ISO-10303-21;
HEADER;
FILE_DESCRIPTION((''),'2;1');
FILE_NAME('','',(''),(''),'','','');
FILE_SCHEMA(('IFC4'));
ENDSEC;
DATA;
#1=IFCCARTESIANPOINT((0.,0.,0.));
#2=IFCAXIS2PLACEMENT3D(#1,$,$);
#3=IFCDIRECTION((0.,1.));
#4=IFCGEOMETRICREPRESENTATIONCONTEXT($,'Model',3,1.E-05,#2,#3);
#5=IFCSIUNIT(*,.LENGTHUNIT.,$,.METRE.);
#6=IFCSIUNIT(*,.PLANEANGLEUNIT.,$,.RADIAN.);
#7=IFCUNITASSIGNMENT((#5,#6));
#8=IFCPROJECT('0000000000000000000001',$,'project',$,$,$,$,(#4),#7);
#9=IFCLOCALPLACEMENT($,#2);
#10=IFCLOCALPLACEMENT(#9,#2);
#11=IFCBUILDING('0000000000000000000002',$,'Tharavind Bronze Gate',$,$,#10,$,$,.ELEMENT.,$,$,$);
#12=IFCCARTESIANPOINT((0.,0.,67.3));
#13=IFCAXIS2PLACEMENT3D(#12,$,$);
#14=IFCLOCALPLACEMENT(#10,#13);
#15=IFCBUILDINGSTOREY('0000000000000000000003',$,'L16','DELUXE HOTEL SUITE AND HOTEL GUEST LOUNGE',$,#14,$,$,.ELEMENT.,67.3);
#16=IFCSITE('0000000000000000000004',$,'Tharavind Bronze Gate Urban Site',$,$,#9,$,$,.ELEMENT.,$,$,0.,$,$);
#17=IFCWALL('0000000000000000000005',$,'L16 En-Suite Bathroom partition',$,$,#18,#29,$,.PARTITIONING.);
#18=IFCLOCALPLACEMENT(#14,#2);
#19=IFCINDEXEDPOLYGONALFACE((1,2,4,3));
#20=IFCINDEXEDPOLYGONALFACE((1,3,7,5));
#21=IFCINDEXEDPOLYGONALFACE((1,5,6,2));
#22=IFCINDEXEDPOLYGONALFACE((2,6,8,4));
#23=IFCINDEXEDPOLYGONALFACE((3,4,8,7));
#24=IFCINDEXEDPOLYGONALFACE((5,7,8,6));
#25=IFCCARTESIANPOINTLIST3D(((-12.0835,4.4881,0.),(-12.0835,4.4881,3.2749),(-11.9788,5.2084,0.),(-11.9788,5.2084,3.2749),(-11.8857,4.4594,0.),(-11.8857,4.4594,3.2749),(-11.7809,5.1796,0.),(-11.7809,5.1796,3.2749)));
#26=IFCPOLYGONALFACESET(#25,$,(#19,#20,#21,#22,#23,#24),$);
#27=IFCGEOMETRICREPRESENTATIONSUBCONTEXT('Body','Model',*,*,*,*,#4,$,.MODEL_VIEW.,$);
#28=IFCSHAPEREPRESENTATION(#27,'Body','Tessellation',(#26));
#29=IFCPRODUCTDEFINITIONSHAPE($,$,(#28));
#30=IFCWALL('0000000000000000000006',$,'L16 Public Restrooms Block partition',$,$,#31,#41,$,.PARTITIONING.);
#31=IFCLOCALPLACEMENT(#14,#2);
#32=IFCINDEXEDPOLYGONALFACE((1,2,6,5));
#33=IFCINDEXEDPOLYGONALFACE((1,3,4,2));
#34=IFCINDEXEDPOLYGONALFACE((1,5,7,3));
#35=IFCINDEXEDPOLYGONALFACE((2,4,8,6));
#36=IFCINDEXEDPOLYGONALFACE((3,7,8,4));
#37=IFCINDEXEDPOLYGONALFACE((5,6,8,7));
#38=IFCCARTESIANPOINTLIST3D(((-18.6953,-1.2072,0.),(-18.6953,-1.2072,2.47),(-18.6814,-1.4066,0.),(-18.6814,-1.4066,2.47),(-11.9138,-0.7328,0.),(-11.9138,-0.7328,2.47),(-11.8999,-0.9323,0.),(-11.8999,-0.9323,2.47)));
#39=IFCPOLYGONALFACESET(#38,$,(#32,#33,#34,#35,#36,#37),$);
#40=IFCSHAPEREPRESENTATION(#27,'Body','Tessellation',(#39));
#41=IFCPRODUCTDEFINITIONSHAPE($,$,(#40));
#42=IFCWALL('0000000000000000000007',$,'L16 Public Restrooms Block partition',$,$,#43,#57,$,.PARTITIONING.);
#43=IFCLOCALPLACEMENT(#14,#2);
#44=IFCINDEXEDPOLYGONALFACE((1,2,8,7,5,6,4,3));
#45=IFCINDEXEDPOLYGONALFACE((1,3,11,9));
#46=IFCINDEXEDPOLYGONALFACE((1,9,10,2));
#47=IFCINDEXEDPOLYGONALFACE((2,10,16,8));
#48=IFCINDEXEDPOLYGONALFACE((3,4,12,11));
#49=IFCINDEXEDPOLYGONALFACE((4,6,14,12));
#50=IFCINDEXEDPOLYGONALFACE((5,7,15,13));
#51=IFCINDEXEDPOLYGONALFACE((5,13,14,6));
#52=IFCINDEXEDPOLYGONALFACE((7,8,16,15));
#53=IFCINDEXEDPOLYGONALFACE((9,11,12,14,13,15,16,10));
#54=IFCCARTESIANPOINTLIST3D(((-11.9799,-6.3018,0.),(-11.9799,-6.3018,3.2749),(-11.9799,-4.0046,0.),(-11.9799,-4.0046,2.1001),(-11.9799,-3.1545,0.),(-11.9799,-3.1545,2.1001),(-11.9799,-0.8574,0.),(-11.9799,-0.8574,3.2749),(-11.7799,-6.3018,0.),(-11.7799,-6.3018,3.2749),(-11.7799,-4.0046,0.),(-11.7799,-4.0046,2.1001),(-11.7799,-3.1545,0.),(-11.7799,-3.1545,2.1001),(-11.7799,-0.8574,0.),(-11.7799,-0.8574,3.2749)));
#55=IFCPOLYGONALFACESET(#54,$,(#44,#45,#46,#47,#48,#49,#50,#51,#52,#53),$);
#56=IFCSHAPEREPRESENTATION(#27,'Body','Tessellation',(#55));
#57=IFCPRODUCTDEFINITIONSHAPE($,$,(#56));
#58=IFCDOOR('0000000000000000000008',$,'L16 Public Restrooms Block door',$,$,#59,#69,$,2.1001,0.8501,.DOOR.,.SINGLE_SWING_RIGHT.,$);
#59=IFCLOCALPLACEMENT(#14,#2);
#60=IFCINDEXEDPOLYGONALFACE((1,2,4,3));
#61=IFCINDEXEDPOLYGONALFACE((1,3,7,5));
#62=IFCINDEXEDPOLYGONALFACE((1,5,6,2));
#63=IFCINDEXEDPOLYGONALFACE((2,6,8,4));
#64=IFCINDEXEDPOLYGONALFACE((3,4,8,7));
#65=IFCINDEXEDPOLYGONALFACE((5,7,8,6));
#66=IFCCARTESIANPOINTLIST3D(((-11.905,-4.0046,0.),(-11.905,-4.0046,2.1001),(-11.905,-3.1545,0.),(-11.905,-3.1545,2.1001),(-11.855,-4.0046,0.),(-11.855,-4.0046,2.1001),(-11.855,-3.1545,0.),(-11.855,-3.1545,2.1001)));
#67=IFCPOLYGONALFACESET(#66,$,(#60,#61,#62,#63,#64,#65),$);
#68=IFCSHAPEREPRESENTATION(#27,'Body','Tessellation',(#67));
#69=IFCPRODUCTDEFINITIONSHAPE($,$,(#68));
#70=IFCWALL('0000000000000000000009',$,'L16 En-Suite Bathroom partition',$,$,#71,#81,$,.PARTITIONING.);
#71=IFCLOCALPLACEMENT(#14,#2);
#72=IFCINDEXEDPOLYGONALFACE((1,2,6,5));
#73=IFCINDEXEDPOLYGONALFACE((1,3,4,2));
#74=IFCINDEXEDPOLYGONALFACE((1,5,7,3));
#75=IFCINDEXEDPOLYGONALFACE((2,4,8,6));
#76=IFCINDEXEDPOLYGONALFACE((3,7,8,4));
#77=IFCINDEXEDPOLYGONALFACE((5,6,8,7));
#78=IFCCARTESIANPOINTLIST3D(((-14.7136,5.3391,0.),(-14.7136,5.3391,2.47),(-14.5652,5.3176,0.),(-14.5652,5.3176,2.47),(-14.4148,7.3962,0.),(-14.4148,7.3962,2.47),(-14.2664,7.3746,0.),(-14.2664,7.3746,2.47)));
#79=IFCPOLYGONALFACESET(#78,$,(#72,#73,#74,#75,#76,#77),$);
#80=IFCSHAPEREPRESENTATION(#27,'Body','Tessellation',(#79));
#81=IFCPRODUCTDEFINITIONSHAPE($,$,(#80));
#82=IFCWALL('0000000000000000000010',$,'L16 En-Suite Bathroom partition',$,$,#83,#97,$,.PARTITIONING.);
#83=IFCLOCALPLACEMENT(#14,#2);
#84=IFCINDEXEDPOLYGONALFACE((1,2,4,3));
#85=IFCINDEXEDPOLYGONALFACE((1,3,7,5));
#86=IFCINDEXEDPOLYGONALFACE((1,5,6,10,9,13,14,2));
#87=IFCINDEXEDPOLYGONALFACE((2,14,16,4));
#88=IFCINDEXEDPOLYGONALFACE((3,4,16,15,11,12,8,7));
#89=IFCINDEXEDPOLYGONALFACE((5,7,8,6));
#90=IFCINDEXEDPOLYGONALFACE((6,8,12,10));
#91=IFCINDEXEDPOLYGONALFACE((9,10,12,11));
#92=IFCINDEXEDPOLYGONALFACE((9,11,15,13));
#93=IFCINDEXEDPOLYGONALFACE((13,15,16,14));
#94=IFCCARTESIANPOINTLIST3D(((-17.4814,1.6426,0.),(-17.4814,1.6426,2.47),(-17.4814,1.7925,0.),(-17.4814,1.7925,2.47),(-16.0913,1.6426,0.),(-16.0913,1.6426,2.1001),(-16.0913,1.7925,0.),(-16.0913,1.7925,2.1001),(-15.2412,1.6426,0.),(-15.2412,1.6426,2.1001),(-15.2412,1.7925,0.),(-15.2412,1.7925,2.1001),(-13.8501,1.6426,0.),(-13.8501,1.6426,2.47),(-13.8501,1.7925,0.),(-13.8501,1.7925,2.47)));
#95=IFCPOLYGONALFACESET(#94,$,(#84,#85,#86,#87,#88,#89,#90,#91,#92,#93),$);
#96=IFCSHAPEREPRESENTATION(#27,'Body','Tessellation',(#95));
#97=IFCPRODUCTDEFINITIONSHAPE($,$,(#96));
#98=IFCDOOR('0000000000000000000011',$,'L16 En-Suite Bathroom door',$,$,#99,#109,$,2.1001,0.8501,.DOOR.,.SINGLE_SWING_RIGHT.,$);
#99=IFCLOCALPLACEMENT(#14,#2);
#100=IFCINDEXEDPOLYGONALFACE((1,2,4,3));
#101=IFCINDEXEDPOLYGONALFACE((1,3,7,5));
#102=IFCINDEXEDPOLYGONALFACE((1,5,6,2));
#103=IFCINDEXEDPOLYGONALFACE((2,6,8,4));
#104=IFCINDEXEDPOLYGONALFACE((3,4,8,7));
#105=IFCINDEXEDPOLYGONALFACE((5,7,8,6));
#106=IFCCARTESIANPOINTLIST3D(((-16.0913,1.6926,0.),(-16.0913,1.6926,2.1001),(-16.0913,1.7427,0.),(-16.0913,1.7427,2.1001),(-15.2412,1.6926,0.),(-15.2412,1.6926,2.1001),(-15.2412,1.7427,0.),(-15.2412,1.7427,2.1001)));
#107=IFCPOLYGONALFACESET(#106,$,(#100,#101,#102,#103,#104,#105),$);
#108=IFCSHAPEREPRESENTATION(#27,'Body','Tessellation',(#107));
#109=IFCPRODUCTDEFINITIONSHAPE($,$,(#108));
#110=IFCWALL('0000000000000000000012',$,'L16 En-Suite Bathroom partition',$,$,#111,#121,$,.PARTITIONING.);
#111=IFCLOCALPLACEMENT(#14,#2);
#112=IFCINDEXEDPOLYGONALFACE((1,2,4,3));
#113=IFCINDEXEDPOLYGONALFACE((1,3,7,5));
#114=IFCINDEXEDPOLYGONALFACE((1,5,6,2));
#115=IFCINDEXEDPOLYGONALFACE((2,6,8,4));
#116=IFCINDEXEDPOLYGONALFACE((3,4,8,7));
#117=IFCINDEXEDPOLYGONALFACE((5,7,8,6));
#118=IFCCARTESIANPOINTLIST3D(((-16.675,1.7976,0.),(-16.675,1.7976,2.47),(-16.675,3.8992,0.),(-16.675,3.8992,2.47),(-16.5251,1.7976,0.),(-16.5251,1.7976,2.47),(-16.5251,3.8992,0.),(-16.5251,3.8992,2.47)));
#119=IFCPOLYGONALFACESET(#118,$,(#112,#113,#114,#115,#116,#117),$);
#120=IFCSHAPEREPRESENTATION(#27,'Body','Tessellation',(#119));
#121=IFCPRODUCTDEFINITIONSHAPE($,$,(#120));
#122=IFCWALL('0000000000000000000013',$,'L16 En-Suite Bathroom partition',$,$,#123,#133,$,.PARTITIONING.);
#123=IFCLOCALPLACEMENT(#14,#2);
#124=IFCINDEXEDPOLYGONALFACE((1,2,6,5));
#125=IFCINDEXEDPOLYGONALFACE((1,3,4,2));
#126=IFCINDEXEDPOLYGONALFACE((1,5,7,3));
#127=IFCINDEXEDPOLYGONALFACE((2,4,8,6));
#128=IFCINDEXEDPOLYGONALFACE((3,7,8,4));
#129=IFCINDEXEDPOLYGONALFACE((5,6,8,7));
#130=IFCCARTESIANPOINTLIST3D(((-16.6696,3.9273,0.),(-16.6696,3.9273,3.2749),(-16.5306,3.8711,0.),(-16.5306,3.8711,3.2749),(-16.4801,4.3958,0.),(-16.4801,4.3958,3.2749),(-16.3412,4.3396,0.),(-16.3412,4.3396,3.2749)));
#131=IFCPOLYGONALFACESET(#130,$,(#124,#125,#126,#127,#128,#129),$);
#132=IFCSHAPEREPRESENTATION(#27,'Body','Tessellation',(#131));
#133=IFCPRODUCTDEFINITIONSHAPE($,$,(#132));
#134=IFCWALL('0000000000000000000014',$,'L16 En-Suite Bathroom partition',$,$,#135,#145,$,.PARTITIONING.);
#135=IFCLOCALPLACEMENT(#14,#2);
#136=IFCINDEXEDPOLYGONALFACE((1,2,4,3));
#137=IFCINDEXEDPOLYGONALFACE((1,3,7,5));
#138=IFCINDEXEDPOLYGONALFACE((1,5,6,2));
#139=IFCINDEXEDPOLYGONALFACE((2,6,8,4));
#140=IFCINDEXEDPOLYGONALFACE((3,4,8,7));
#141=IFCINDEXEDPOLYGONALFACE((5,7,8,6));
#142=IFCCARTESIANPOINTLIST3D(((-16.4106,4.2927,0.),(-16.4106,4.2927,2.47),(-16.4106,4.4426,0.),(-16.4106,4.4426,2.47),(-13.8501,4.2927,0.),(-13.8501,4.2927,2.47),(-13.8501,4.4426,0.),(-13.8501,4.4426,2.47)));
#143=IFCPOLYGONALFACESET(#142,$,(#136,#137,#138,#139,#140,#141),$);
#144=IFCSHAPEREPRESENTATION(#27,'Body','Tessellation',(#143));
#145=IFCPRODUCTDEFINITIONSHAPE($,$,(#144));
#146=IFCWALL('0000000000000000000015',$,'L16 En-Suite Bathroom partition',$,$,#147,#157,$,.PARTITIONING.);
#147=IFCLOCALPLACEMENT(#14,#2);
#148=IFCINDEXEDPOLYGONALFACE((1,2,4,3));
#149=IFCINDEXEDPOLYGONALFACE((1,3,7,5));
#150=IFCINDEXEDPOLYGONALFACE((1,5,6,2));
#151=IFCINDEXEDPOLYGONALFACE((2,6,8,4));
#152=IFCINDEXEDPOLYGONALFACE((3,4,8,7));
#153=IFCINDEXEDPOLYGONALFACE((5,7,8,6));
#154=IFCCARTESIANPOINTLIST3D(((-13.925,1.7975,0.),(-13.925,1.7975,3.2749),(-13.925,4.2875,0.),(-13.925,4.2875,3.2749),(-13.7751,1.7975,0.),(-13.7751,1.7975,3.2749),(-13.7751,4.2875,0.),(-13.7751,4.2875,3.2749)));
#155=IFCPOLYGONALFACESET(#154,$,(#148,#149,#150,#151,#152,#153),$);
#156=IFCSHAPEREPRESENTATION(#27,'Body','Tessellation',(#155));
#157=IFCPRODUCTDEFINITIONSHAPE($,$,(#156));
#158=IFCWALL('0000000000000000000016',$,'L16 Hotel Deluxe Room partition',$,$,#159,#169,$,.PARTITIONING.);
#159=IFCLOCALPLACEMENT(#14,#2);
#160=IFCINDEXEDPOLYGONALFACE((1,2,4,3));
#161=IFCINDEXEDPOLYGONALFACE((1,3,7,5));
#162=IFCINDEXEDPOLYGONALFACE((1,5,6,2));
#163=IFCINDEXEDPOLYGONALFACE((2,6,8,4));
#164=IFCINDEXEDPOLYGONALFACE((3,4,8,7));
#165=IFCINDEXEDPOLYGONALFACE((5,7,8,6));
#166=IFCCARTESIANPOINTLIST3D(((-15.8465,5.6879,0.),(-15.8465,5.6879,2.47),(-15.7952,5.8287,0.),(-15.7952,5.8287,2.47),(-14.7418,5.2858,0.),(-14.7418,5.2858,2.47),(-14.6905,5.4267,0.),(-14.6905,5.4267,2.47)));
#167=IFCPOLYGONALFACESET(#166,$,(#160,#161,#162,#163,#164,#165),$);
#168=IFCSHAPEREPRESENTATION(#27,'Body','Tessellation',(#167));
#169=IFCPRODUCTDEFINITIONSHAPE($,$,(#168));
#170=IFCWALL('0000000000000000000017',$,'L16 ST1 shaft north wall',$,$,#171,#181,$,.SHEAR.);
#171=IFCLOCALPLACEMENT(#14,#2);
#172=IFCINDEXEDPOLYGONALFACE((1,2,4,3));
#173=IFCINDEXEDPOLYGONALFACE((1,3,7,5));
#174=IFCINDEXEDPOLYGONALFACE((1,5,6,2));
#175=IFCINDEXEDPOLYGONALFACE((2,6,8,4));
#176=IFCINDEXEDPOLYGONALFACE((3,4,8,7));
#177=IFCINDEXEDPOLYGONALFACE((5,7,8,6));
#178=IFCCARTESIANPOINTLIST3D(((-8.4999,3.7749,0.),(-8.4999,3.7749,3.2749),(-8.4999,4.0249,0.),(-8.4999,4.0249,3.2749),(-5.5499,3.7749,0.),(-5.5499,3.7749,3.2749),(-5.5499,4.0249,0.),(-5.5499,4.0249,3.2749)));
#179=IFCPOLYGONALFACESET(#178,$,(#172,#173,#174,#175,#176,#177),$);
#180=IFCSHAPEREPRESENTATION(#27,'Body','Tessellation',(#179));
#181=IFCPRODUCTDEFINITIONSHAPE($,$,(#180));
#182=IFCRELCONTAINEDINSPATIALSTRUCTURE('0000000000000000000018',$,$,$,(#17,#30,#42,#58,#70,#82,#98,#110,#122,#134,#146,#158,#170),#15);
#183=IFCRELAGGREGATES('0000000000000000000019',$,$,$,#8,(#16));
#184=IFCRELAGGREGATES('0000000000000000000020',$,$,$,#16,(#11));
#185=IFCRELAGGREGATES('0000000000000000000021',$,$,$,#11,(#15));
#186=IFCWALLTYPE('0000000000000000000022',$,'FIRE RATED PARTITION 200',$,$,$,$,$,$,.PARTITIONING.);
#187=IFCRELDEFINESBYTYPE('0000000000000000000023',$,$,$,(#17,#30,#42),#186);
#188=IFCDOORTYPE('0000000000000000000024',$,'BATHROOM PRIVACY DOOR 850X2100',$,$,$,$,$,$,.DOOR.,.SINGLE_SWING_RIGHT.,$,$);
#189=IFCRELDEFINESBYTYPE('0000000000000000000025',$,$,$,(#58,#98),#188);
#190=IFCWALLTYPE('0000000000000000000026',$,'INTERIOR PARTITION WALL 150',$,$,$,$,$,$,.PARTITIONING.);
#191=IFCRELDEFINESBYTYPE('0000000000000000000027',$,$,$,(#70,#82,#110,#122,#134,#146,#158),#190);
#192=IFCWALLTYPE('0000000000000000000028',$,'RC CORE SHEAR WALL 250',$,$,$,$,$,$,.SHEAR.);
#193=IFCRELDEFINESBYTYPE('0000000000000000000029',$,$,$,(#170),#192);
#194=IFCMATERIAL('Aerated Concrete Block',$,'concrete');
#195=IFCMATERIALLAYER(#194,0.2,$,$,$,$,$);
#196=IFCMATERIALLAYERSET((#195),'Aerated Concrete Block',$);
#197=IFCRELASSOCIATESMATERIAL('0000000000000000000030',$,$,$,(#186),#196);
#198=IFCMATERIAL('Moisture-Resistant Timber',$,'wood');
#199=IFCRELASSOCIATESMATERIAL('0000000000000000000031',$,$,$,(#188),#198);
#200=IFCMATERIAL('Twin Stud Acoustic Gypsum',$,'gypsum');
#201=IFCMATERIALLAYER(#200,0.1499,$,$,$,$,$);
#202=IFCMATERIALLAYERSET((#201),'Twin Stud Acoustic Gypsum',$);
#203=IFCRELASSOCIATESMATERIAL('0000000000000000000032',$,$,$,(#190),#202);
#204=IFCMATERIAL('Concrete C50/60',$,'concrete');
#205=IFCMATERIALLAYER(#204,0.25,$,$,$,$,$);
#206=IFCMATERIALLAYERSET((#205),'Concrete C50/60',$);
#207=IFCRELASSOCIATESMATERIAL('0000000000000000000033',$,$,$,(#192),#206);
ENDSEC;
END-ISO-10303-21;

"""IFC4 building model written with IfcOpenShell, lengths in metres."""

from ifc_helpers import new_model, si_unit, direction, frame, frame_2d, origin, place, context, subcontext, project, spatial, rectangle, extrude, material, layer, layer_set, type_object, element, fill, save


model = new_model("IFC4")

# Units and contexts
model_context = context("Model", 3, precision=1e-05, world=origin(), true_north=direction((0.0, 1.0)))
body_context = subcontext(model_context, "Body", "Model", "MODEL_VIEW")
ifc_project = project(units=[si_unit("LENGTHUNIT", "METRE"), si_unit("PLANEANGLEUNIT", "RADIAN")], contexts=[model_context])

# Site, building, storey
site_placement = place(None, origin())
site = spatial("IfcSite", under=ifc_project, at=site_placement, Name="Tharavind Bronze Gate Urban Site", CompositionType="ELEMENT", RefElevation=0.0)
building_placement = place(site_placement, origin())
building = spatial("IfcBuilding", under=site, at=building_placement, Name="Tharavind Bronze Gate", CompositionType="ELEMENT")
storey_placement = place(building_placement, frame((0.0, 0.0, 67.3)))
storey = spatial("IfcBuildingStorey", under=building, at=storey_placement, Name="L16", Description="DELUXE HOTEL SUITE AND HOTEL GUEST LOUNGE", CompositionType="ELEMENT", Elevation=67.3)

# Shared definitions
ifc_material_1 = material(Name="Aerated Concrete Block", Category="concrete")
ifc_layer_1 = layer(ifc_material_1, 0.2)
ifc_layer_set_1 = layer_set([ifc_layer_1], Name="Aerated Concrete Block")
wall_type_1 = type_object("IfcWallType", Name="FIRE RATED PARTITION 200", PredefinedType="PARTITIONING", material=ifc_layer_set_1)

# Shared definitions
ifc_material_2 = material(Name="Moisture-Resistant Timber", Category="wood")
door_type_1 = type_object("IfcDoorType", Name="BATHROOM PRIVACY DOOR 850X2100", OperationType="SINGLE_SWING_RIGHT", PredefinedType="DOOR", material=ifc_material_2)

# Walls
wall_1_placement = place(storey_placement, frame((-11.8799, 5.1938, 0.0), z_axis=(0.0, 0.0, 1.0), x_axis=(-0.14391, -0.989591, 0.0)))
element("IfcWall", 1, at=wall_1_placement, inside=storey, type_object=wall_type_1, Name="L16 En-Suite Bathroom partition", PredefinedType="PARTITIONING", context=body_context, shape_type="SweptSolid", body=[
    extrude(rectangle(XDim=0.7278, YDim=0.2, at=frame_2d((0.3638, 0.0))), origin(), (0.0, 0.0, 1.0), 3.2749),
])
wall_2_placement = place(storey_placement, frame((-18.6882, -1.3069, 0.0), z_axis=(0.0, 0.0, 1.0), x_axis=(0.997562, 0.069779, 0.0)))
element("IfcWall", 2, at=wall_2_placement, inside=storey, type_object=wall_type_1, Name="L16 Public Restrooms Block partition", PredefinedType="PARTITIONING", context=body_context, shape_type="SweptSolid", body=[
    extrude(rectangle(XDim=6.7981, YDim=0.2, at=frame_2d((3.3989, 0.0))), origin(), (0.0, 0.0, 1.0), 2.47),
])

# Wall, opening, door
wall_3_placement = place(storey_placement, frame((-11.8799, -0.8574, 0.0), z_axis=(0.0, 0.0, 1.0), x_axis=(0.0, -1.0, 0.0)))
wall_3 = element("IfcWall", 3, at=wall_3_placement, inside=storey, type_object=wall_type_1, Name="L16 Public Restrooms Block partition", PredefinedType="PARTITIONING", context=body_context, shape_type="SweptSolid", body=[
    extrude(rectangle(XDim=5.4443, YDim=0.2, at=frame_2d((2.7222, 0.0))), origin(), (0.0, 0.0, 1.0), 3.2749),
])
opening_1_placement = place(wall_3_placement, frame((2.2971, 0.0, 0.0)))
opening_1 = element("IfcOpeningElement", 4, at=opening_1_placement, cuts=wall_3, PredefinedType="OPENING", context=body_context, shape_type="SweptSolid", body=[
    extrude(rectangle(XDim=0.8501, YDim=2.1001, at=frame_2d((0.425, 1.05))), frame((0.0, 0.1101, 0.0), z_axis=(0.0, -1.0, 0.0), x_axis=(1.0, 0.0, 0.0)), (0.0, 0.0, 1.0), 0.22),
])
door_1_placement = place(opening_1_placement, origin())
door_1 = element("IfcDoor", 5, at=door_1_placement, inside=storey, type_object=door_type_1, Name="L16 Public Restrooms Block door", OperationType="SINGLE_SWING_RIGHT", OverallHeight=2.1001, OverallWidth=0.8501, PredefinedType="DOOR", context=body_context, shape_type="SweptSolid", body=[
    extrude(rectangle(XDim=0.8501, YDim=2.1001, at=frame_2d((0.425, 1.05))), frame((0.0, 0.0249, 0.0), z_axis=(0.0, -1.0, 0.0), x_axis=(1.0, 0.0, 0.0)), (0.0, 0.0, 1.0), 0.05),
])
fill(opening_1, door_1)

# Wall
ifc_material_3 = material(Name="Twin Stud Acoustic Gypsum", Category="gypsum")
ifc_layer_2 = layer(ifc_material_3, 0.1499)
ifc_layer_set_2 = layer_set([ifc_layer_2], Name="Twin Stud Acoustic Gypsum")
wall_type_2 = type_object("IfcWallType", Name="INTERIOR PARTITION WALL 150", PredefinedType="PARTITIONING", material=ifc_layer_set_2)
wall_4_placement = place(storey_placement, frame((-14.6394, 5.3284, 0.0), z_axis=(0.0, 0.0, 1.0), x_axis=(0.143756, 0.989613, 0.0)))
element("IfcWall", 6, at=wall_4_placement, inside=storey, type_object=wall_type_2, Name="L16 En-Suite Bathroom partition", PredefinedType="PARTITIONING", context=body_context, shape_type="SweptSolid", body=[
    extrude(rectangle(XDim=2.0786, YDim=0.1499, at=frame_2d((1.0393, 0.0))), origin(), (0.0, 0.0, 1.0), 2.47),
])

# Wall, opening, door
wall_5_placement = place(storey_placement, frame((-13.8501, 1.7175, 0.0), z_axis=(0.0, 0.0, 1.0), x_axis=(-1.0, 0.0, 0.0)))
wall_5 = element("IfcWall", 7, at=wall_5_placement, inside=storey, type_object=wall_type_2, Name="L16 En-Suite Bathroom partition", PredefinedType="PARTITIONING", context=body_context, shape_type="SweptSolid", body=[
    extrude(rectangle(XDim=3.6313, YDim=0.1499, at=frame_2d((1.8157, 0.0))), origin(), (0.0, 0.0, 1.0), 2.47),
])
opening_2_placement = place(wall_5_placement, frame((1.3911, 0.0, 0.0)))
opening_2 = element("IfcOpeningElement", 8, at=opening_2_placement, cuts=wall_5, PredefinedType="OPENING", context=body_context, shape_type="SweptSolid", body=[
    extrude(rectangle(XDim=0.8501, YDim=2.1001, at=frame_2d((0.425, 1.05))), frame((0.0, 0.085, 0.0), z_axis=(0.0, -1.0, 0.0), x_axis=(1.0, 0.0, 0.0)), (0.0, 0.0, 1.0), 0.1699),
])
door_2_placement = place(opening_2_placement, origin())
door_2 = element("IfcDoor", 9, at=door_2_placement, inside=storey, type_object=door_type_1, Name="L16 En-Suite Bathroom door", OperationType="SINGLE_SWING_RIGHT", OverallHeight=2.1001, OverallWidth=0.8501, PredefinedType="DOOR", context=body_context, shape_type="SweptSolid", body=[
    extrude(rectangle(XDim=0.8501, YDim=2.1001, at=frame_2d((0.425, 1.05))), frame((0.0, 0.0249, 0.0), z_axis=(0.0, -1.0, 0.0), x_axis=(1.0, 0.0, 0.0)), (0.0, 0.0, 1.0), 0.05),
])
fill(opening_2, door_2)

# Walls
wall_6_placement = place(storey_placement, frame((-16.6001, 1.7976, 0.0), z_axis=(0.0, 0.0, 1.0), x_axis=(0.0, 1.0, 0.0)))
element("IfcWall", 10, at=wall_6_placement, inside=storey, type_object=wall_type_2, Name="L16 En-Suite Bathroom partition", PredefinedType="PARTITIONING", context=body_context, shape_type="SweptSolid", body=[
    extrude(rectangle(XDim=2.1016, YDim=0.1499, at=frame_2d((1.0508, 0.0))), origin(), (0.0, 0.0, 1.0), 2.47),
])
wall_7_placement = place(storey_placement, frame((-16.6001, 3.8992, 0.0), z_axis=(0.0, 0.0, 1.0), x_axis=(0.374886, 0.927071, 0.0)))
element("IfcWall", 11, at=wall_7_placement, inside=storey, type_object=wall_type_2, Name="L16 En-Suite Bathroom partition", PredefinedType="PARTITIONING", context=body_context, shape_type="SweptSolid", body=[
    extrude(rectangle(XDim=0.5054, YDim=0.1499, at=frame_2d((0.2527, 0.0))), origin(), (0.0, 0.0, 1.0), 3.2749),
])
wall_8_placement = place(storey_placement, frame((-16.4106, 4.3677, 0.0), z_axis=(0.0, 0.0, 1.0), x_axis=(1.0, 0.0, 0.0)))
element("IfcWall", 12, at=wall_8_placement, inside=storey, type_object=wall_type_2, Name="L16 En-Suite Bathroom partition", PredefinedType="PARTITIONING", context=body_context, shape_type="SweptSolid", body=[
    extrude(rectangle(XDim=2.5605, YDim=0.1499, at=frame_2d((1.2803, 0.0))), origin(), (0.0, 0.0, 1.0), 2.47),
])
wall_9_placement = place(storey_placement, frame((-13.8501, 4.2876, 0.0), z_axis=(0.0, 0.0, 1.0), x_axis=(0.0, -1.0, 0.0)))
element("IfcWall", 13, at=wall_9_placement, inside=storey, type_object=wall_type_2, Name="L16 En-Suite Bathroom partition", PredefinedType="PARTITIONING", context=body_context, shape_type="SweptSolid", body=[
    extrude(rectangle(XDim=2.49, YDim=0.1499, at=frame_2d((1.2451, 0.0))), origin(), (0.0, 0.0, 1.0), 3.2749),
])
wall_10_placement = place(storey_placement, frame((-14.7161, 5.3562, 0.0), z_axis=(0.0, 0.0, 1.0), x_axis=(-0.93969, 0.342027, 0.0)))
element("IfcWall", 14, at=wall_10_placement, inside=storey, type_object=wall_type_2, Name="L16 Hotel Deluxe Room partition", PredefinedType="PARTITIONING", context=body_context, shape_type="SweptSolid", body=[
    extrude(rectangle(XDim=1.1755, YDim=0.1499, at=frame_2d((0.5879, 0.0))), origin(), (0.0, 0.0, 1.0), 2.47),
])
ifc_material_4 = material(Name="Concrete C50/60", Category="concrete")
ifc_layer_3 = layer(ifc_material_4, 0.25)
ifc_layer_set_3 = layer_set([ifc_layer_3], Name="Concrete C50/60")
wall_type_3 = type_object("IfcWallType", Name="RC CORE SHEAR WALL 250", PredefinedType="SHEAR", material=ifc_layer_set_3)
wall_11_placement = place(storey_placement, frame((-8.5, 3.8999, 0.0), z_axis=(0.0, 0.0, 1.0), x_axis=(1.0, 0.0, 0.0)))
element("IfcWall", 15, at=wall_11_placement, inside=storey, type_object=wall_type_3, Name="L16 ST1 shaft north wall", PredefinedType="SHEAR", context=body_context, shape_type="SweptSolid", body=[
    extrude(rectangle(XDim=2.95, YDim=0.25, at=frame_2d((1.4751, 0.0))), origin(), (0.0, 0.0, 1.0), 3.2749),
])

save(model, "model.ifc")
